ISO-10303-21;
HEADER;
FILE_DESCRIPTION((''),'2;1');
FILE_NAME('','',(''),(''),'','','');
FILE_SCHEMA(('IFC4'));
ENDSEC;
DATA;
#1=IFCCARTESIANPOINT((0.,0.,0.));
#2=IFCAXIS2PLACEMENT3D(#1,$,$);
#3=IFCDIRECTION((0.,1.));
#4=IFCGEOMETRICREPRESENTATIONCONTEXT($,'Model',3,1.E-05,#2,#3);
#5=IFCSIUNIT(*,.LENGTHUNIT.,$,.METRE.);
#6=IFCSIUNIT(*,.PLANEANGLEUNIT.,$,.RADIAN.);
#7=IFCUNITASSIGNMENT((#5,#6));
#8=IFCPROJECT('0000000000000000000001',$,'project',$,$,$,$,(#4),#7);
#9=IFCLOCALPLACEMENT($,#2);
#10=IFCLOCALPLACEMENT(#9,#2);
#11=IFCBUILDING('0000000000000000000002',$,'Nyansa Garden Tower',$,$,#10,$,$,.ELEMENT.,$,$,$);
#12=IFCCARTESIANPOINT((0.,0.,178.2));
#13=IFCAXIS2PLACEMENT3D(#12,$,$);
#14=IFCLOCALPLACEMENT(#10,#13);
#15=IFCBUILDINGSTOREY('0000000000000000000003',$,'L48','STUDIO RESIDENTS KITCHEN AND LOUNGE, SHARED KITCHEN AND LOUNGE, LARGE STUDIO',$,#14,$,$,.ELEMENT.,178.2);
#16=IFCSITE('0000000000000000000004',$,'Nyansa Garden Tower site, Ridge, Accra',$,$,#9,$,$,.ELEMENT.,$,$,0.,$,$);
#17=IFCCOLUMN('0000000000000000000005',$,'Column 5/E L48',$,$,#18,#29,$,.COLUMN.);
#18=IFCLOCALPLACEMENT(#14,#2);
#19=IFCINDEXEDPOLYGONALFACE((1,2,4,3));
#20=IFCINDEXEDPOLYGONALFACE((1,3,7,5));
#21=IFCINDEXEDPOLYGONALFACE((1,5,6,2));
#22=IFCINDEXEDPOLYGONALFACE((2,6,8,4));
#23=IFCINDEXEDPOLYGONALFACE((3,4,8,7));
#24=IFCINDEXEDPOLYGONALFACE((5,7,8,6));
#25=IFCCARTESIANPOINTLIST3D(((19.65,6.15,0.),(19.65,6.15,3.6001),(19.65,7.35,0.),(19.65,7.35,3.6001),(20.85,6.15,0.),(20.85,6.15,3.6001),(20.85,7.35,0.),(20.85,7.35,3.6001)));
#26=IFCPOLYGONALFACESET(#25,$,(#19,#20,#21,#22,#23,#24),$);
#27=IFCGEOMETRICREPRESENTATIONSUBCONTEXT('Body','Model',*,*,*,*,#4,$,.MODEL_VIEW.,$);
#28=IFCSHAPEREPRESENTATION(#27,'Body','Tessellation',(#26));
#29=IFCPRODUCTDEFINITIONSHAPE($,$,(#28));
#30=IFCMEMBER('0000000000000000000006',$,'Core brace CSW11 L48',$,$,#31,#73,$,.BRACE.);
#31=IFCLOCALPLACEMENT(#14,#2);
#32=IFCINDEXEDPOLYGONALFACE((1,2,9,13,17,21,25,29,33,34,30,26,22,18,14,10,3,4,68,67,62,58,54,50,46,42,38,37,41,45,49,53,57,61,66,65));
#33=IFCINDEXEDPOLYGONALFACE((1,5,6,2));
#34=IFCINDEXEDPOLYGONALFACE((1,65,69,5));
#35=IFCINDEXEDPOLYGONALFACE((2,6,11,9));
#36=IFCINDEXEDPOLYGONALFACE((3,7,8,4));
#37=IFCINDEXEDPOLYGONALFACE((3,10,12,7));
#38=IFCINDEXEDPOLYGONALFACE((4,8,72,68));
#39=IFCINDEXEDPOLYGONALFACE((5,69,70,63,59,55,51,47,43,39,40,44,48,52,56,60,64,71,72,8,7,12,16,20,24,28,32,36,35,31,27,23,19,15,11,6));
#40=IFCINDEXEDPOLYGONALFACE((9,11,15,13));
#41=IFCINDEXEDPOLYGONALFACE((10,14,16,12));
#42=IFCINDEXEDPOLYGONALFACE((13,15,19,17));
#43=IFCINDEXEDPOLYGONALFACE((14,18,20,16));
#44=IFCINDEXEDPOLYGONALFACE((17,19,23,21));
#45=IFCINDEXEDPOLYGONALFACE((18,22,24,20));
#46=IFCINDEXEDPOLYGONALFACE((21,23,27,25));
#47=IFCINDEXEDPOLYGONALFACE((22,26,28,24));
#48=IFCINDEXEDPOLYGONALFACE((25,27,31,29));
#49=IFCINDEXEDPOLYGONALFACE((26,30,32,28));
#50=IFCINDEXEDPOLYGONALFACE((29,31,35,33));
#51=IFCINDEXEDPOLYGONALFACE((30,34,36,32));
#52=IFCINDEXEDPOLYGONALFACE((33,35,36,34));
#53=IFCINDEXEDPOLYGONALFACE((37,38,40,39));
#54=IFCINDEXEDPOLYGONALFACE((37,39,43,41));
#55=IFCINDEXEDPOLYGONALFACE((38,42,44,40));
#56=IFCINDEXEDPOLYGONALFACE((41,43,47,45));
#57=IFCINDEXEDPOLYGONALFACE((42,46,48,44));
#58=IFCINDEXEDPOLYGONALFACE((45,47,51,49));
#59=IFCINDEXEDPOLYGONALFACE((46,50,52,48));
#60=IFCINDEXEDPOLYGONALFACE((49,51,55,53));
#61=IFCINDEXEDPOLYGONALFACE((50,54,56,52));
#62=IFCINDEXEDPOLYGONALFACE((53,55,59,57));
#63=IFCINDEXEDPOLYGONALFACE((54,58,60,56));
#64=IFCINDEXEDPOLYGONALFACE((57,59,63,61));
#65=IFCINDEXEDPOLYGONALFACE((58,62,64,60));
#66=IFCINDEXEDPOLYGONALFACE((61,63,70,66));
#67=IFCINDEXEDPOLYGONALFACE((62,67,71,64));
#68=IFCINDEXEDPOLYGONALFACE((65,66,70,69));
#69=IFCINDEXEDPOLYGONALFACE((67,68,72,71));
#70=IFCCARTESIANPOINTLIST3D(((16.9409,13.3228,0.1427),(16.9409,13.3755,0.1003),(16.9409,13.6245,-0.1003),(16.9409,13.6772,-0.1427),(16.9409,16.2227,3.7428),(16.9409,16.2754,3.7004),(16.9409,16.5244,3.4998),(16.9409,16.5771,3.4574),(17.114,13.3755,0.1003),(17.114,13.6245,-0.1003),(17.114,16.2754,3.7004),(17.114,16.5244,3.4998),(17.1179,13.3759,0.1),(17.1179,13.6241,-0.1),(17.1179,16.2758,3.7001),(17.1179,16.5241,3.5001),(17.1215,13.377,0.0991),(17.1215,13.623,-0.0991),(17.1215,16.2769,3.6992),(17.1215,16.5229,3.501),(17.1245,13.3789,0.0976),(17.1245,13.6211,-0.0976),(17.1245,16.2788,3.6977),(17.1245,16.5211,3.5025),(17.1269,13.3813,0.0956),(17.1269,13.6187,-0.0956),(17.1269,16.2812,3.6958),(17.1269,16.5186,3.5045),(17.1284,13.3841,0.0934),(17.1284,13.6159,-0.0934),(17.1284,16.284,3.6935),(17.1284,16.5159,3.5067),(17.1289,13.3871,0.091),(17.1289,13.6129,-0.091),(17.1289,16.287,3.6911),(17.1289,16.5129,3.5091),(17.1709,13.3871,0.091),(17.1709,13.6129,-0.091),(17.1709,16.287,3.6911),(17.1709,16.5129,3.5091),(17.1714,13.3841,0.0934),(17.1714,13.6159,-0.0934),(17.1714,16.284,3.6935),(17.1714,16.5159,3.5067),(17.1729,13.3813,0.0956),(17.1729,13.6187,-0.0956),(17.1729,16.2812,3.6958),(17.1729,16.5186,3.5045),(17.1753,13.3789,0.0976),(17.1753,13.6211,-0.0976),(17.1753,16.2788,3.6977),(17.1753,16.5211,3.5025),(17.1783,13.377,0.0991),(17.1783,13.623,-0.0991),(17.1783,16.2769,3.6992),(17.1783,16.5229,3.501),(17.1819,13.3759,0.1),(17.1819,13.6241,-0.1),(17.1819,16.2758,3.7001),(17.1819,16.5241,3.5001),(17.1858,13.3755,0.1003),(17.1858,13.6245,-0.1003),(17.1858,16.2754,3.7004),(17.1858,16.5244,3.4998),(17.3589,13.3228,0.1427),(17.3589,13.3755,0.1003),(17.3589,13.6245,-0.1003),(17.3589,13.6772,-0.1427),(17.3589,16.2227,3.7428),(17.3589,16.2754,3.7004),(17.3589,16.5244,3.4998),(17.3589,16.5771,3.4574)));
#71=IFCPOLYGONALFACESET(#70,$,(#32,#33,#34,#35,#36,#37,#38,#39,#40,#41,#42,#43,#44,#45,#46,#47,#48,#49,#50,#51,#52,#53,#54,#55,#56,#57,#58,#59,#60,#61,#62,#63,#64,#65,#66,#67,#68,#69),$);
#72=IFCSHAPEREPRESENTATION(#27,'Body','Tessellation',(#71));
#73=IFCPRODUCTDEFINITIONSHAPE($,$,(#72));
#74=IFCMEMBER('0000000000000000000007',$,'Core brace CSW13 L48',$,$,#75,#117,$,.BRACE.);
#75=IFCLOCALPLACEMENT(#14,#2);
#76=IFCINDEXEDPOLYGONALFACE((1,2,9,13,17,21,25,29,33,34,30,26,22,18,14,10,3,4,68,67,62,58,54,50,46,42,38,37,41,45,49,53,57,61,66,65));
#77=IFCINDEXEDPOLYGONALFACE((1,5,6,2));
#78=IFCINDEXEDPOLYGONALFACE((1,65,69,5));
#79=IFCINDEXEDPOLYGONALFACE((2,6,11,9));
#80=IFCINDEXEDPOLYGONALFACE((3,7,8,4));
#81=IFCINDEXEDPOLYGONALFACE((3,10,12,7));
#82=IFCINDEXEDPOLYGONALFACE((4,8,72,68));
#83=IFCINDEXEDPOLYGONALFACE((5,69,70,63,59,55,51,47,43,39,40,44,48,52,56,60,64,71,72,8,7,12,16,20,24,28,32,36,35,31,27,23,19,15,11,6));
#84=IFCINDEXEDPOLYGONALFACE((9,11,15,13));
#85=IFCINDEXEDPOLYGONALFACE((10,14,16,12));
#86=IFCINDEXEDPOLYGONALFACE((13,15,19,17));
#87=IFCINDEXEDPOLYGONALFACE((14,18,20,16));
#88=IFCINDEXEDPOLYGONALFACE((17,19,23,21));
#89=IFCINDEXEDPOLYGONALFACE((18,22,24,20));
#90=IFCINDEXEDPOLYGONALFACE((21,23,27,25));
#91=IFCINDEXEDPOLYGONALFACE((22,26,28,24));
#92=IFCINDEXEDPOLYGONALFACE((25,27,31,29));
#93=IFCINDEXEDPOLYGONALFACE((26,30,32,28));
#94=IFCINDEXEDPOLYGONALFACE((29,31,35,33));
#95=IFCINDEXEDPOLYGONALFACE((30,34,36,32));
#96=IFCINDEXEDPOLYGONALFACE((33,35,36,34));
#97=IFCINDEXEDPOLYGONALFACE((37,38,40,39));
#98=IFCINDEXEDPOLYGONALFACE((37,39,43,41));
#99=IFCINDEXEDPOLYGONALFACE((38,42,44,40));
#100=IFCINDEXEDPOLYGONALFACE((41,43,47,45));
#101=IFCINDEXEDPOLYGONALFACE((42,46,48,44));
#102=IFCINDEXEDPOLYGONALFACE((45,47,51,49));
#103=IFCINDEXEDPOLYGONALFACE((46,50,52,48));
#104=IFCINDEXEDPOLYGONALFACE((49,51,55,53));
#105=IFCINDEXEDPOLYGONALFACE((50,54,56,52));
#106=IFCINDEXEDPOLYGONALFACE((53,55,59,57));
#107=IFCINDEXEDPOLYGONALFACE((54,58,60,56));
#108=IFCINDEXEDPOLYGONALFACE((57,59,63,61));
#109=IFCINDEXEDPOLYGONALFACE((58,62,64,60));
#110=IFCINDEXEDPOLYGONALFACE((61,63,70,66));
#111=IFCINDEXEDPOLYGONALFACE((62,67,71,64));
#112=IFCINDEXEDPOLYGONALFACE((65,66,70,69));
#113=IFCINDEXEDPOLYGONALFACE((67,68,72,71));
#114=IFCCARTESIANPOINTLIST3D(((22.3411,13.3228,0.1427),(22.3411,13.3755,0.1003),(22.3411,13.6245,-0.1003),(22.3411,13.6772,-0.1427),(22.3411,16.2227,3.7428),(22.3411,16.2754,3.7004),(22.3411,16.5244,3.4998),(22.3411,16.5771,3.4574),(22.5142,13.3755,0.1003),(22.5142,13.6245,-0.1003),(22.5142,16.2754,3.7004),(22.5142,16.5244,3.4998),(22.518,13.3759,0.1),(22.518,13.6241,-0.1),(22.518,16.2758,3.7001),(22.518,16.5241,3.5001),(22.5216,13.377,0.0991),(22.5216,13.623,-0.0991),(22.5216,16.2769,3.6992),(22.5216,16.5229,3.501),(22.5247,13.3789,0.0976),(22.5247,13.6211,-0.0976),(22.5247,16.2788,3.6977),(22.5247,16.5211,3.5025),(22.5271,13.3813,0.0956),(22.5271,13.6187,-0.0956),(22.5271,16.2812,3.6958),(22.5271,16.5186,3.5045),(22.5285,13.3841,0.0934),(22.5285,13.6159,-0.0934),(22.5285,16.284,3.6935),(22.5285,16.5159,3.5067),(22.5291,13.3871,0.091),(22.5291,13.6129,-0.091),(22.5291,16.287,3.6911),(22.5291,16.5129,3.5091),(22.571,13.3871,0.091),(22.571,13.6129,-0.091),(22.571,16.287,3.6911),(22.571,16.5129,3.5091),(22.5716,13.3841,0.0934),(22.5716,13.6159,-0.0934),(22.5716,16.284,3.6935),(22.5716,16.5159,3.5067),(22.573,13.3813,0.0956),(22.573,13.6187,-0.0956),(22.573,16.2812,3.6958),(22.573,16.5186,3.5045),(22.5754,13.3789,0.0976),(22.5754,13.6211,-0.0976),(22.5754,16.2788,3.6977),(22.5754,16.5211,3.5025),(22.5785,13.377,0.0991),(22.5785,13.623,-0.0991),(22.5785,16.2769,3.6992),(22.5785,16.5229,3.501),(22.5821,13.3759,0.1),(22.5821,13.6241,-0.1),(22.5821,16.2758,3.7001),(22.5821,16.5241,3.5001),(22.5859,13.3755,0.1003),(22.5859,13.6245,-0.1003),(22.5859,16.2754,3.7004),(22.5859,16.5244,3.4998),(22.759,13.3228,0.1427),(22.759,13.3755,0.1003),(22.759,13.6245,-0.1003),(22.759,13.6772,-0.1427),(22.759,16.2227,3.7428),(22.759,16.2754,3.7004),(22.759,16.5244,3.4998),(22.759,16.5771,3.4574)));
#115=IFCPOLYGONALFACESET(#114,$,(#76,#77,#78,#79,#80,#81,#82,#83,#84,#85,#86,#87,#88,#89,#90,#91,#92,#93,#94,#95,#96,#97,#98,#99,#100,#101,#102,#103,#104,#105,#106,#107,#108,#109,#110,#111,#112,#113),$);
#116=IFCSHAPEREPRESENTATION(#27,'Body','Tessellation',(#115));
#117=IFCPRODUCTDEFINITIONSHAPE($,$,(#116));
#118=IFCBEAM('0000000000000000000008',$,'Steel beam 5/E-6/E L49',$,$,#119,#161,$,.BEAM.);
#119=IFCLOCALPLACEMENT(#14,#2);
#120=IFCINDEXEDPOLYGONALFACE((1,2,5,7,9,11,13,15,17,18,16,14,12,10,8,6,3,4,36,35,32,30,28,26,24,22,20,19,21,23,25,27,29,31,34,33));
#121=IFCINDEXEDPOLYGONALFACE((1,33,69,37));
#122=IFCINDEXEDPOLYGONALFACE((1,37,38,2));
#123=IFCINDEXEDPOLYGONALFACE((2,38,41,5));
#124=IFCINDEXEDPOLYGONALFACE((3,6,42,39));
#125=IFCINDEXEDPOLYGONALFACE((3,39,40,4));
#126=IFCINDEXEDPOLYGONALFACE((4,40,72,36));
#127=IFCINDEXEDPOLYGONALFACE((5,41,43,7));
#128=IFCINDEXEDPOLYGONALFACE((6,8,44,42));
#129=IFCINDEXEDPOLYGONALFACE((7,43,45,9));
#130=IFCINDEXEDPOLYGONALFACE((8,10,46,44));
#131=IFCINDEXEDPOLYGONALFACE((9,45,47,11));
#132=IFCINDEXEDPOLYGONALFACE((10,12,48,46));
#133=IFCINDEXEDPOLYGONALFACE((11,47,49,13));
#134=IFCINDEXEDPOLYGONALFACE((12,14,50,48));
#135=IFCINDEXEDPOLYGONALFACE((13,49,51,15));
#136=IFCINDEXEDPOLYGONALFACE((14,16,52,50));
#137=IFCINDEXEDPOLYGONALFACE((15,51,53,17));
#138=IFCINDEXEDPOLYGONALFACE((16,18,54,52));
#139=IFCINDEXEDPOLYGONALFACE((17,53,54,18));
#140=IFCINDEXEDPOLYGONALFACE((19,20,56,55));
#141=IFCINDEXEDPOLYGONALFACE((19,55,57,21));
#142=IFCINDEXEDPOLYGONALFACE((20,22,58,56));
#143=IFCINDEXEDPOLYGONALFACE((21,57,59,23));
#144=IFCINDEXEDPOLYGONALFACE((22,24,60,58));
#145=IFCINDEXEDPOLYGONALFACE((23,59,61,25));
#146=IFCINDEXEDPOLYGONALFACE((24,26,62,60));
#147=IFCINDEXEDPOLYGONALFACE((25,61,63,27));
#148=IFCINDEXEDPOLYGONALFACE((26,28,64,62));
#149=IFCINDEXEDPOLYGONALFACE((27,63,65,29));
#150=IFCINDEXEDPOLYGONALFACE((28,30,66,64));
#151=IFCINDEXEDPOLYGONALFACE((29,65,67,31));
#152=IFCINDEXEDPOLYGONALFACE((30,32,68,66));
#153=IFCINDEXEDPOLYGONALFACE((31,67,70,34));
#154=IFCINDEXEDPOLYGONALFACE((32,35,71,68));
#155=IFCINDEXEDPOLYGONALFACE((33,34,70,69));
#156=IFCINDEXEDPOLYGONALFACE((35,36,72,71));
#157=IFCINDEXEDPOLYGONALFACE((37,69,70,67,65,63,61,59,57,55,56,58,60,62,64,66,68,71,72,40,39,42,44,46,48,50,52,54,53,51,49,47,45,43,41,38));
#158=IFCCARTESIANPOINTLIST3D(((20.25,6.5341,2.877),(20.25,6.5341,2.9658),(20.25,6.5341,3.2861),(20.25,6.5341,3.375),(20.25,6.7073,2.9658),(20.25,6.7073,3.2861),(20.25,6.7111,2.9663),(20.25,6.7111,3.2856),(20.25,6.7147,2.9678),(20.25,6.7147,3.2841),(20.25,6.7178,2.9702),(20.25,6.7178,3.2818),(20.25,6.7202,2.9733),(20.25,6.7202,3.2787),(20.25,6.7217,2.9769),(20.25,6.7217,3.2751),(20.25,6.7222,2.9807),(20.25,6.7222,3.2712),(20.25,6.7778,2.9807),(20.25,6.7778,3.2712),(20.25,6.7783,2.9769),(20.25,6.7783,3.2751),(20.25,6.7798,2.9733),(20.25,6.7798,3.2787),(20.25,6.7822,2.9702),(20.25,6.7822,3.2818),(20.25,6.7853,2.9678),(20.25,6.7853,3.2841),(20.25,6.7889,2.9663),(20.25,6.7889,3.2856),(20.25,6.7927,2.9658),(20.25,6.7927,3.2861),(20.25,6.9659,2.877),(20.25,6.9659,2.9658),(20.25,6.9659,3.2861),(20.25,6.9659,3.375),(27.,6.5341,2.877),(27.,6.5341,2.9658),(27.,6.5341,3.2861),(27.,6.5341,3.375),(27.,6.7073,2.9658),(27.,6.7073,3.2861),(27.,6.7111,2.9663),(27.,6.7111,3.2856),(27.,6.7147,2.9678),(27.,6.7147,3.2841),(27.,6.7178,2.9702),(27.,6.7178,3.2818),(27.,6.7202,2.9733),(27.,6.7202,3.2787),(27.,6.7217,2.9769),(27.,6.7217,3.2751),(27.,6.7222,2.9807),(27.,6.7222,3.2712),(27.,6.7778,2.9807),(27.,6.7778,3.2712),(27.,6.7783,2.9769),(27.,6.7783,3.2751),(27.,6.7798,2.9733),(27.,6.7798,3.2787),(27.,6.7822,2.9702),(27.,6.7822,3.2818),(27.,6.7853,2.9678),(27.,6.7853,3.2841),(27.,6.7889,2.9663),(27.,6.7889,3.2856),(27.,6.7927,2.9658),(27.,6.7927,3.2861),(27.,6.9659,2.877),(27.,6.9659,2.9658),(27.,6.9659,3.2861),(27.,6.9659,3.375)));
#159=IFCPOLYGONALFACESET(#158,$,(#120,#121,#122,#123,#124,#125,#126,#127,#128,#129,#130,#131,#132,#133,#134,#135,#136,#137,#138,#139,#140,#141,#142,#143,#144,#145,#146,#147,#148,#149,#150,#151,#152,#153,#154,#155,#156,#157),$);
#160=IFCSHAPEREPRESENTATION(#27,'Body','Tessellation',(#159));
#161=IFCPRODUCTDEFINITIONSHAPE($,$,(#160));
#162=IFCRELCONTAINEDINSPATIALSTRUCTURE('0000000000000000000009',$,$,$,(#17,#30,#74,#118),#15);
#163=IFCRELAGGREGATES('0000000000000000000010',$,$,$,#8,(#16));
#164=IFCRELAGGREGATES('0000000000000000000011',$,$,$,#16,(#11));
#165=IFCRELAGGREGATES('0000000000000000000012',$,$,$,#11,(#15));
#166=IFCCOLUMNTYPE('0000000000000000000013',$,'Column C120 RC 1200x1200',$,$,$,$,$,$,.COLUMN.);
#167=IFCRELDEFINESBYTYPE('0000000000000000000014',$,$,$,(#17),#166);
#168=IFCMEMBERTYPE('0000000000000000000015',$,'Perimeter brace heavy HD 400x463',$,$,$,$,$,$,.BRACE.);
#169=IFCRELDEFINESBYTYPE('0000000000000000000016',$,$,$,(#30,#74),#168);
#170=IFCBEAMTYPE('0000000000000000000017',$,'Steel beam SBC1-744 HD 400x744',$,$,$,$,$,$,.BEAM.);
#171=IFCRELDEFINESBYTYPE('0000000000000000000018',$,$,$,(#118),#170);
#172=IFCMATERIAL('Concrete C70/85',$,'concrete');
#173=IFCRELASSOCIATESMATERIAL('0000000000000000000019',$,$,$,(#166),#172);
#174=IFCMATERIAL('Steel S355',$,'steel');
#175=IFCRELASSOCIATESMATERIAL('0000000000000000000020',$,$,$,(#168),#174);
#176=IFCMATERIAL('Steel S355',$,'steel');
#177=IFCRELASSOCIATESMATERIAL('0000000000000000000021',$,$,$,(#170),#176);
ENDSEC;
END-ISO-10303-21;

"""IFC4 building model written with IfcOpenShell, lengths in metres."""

from ifc_helpers import new_model, si_unit, direction, frame, origin, origin_2d, place, context, subcontext, project, spatial, rectangle, i_section, extrude, material, material_profile, profile_set, type_object, element, save


model = new_model("IFC4")

# Units and contexts
model_context = context("Model", 3, precision=1e-05, world=origin(), true_north=direction((0.0, 1.0)))
body_context = subcontext(model_context, "Body", "Model", "MODEL_VIEW")
ifc_project = project(units=[si_unit("LENGTHUNIT", "METRE"), si_unit("PLANEANGLEUNIT", "RADIAN")], contexts=[model_context])

# Site, building, storey
site_placement = place(None, origin())
site = spatial("IfcSite", under=ifc_project, at=site_placement, Name="Nyansa Garden Tower site, Ridge, Accra", CompositionType="ELEMENT", RefElevation=0.0)
building_placement = place(site_placement, origin())
building = spatial("IfcBuilding", under=site, at=building_placement, Name="Nyansa Garden Tower", CompositionType="ELEMENT")
storey_placement = place(building_placement, frame((0.0, 0.0, 178.2)))
storey = spatial("IfcBuildingStorey", under=building, at=storey_placement, Name="L48", Description="STUDIO RESIDENTS KITCHEN AND LOUNGE, SHARED KITCHEN AND LOUNGE, LARGE STUDIO", CompositionType="ELEMENT", Elevation=178.2)

# Column
ifc_material_1 = material(Name="Concrete C70/85", Category="concrete")
ifc_material_profile_1 = material_profile(ifc_material_1, rectangle(XDim=1.2, YDim=1.2, at=origin_2d()), Name="RC 1200x1200")
ifc_profile_set_1 = profile_set([ifc_material_profile_1], Name="Concrete C70/85")
column_type = type_object("IfcColumnType", Name="Column C120 RC 1200x1200", PredefinedType="COLUMN", material=ifc_profile_set_1)
column_placement = place(storey_placement, frame((20.25, 6.75, 0.0), z_axis=(0.0, 0.0, 1.0), x_axis=(1.0, 0.0, 0.0)))
element("IfcColumn", 1, at=column_placement, inside=storey, type_object=column_type, Name="Column 5/E L48", PredefinedType="COLUMN", context=body_context, shape_type="SweptSolid", body=[
    extrude(rectangle(XDim=1.2, YDim=1.2, at=origin_2d()), origin(), (0.0, 0.0, 1.0), 3.6001),
])

# Members
ifc_material_2 = material(Name="Steel S355", Category="steel")
ifc_material_profile_2 = material_profile(ifc_material_2, i_section(OverallWidth=0.418, OverallDepth=0.4551, WebThickness=0.042, FlangeThickness=0.0676, FilletRadius=0.0149, at=origin_2d()), Name="HD 400x463")
ifc_profile_set_2 = profile_set([ifc_material_profile_2], Name="Steel S355")
member_type = type_object("IfcMemberType", Name="Perimeter brace heavy HD 400x463", PredefinedType="BRACE", material=ifc_profile_set_2)
for number, where, z_axis, x_axis, name in (
    (2, (17.1499, 13.5, 0.0), (0.0, 0.627306, 0.778773), (-1.0, 0.0, 0.0), "Core brace CSW11 L48"),
    (3, (22.55, 13.5, 0.0), (0.0, 0.627306, 0.778773), (-1.0, 0.0, 0.0), "Core brace CSW13 L48"),
):
    element("IfcMember", number, at=place(storey_placement, frame(where, z_axis=z_axis, x_axis=x_axis)), inside=storey, type_object=member_type, Name=name, PredefinedType="BRACE", context=body_context, shape_type="SweptSolid", body=[
        extrude(i_section(OverallWidth=0.418, OverallDepth=0.4551, WebThickness=0.042, FlangeThickness=0.0676, FilletRadius=0.0149, at=origin_2d()), origin(), (0.0, 0.0, 1.0), 4.6228),
    ])

# Beam
ifc_material_3 = material(Name="Steel S355", Category="steel")
ifc_material_profile_3 = material_profile(ifc_material_3, i_section(OverallWidth=0.4319, OverallDepth=0.498, WebThickness=0.0557, FlangeThickness=0.0889, FilletRadius=0.0149, at=origin_2d()), Name="HD 400x744")
ifc_profile_set_3 = profile_set([ifc_material_profile_3], Name="Steel S355")
beam_type_1 = type_object("IfcBeamType", Name="Steel beam SBC1-744 HD 400x744", PredefinedType="BEAM", material=ifc_profile_set_3)
beam_1_placement = place(storey_placement, frame((20.25, 6.75, 3.126), z_axis=(1.0, 0.0, 0.0), x_axis=(0.0, 1.0, 0.0)))
element("IfcBeam", 4, at=beam_1_placement, inside=storey, type_object=beam_type_1, Name="Steel beam 5/E-6/E L49", PredefinedType="BEAM", context=body_context, shape_type="SweptSolid", body=[
    extrude(i_section(OverallWidth=0.4319, OverallDepth=0.498, WebThickness=0.0557, FlangeThickness=0.0889, FilletRadius=0.0149, at=origin_2d()), origin(), (0.0, 0.0, 1.0), 6.75),
])

save(model, "model.ifc")
